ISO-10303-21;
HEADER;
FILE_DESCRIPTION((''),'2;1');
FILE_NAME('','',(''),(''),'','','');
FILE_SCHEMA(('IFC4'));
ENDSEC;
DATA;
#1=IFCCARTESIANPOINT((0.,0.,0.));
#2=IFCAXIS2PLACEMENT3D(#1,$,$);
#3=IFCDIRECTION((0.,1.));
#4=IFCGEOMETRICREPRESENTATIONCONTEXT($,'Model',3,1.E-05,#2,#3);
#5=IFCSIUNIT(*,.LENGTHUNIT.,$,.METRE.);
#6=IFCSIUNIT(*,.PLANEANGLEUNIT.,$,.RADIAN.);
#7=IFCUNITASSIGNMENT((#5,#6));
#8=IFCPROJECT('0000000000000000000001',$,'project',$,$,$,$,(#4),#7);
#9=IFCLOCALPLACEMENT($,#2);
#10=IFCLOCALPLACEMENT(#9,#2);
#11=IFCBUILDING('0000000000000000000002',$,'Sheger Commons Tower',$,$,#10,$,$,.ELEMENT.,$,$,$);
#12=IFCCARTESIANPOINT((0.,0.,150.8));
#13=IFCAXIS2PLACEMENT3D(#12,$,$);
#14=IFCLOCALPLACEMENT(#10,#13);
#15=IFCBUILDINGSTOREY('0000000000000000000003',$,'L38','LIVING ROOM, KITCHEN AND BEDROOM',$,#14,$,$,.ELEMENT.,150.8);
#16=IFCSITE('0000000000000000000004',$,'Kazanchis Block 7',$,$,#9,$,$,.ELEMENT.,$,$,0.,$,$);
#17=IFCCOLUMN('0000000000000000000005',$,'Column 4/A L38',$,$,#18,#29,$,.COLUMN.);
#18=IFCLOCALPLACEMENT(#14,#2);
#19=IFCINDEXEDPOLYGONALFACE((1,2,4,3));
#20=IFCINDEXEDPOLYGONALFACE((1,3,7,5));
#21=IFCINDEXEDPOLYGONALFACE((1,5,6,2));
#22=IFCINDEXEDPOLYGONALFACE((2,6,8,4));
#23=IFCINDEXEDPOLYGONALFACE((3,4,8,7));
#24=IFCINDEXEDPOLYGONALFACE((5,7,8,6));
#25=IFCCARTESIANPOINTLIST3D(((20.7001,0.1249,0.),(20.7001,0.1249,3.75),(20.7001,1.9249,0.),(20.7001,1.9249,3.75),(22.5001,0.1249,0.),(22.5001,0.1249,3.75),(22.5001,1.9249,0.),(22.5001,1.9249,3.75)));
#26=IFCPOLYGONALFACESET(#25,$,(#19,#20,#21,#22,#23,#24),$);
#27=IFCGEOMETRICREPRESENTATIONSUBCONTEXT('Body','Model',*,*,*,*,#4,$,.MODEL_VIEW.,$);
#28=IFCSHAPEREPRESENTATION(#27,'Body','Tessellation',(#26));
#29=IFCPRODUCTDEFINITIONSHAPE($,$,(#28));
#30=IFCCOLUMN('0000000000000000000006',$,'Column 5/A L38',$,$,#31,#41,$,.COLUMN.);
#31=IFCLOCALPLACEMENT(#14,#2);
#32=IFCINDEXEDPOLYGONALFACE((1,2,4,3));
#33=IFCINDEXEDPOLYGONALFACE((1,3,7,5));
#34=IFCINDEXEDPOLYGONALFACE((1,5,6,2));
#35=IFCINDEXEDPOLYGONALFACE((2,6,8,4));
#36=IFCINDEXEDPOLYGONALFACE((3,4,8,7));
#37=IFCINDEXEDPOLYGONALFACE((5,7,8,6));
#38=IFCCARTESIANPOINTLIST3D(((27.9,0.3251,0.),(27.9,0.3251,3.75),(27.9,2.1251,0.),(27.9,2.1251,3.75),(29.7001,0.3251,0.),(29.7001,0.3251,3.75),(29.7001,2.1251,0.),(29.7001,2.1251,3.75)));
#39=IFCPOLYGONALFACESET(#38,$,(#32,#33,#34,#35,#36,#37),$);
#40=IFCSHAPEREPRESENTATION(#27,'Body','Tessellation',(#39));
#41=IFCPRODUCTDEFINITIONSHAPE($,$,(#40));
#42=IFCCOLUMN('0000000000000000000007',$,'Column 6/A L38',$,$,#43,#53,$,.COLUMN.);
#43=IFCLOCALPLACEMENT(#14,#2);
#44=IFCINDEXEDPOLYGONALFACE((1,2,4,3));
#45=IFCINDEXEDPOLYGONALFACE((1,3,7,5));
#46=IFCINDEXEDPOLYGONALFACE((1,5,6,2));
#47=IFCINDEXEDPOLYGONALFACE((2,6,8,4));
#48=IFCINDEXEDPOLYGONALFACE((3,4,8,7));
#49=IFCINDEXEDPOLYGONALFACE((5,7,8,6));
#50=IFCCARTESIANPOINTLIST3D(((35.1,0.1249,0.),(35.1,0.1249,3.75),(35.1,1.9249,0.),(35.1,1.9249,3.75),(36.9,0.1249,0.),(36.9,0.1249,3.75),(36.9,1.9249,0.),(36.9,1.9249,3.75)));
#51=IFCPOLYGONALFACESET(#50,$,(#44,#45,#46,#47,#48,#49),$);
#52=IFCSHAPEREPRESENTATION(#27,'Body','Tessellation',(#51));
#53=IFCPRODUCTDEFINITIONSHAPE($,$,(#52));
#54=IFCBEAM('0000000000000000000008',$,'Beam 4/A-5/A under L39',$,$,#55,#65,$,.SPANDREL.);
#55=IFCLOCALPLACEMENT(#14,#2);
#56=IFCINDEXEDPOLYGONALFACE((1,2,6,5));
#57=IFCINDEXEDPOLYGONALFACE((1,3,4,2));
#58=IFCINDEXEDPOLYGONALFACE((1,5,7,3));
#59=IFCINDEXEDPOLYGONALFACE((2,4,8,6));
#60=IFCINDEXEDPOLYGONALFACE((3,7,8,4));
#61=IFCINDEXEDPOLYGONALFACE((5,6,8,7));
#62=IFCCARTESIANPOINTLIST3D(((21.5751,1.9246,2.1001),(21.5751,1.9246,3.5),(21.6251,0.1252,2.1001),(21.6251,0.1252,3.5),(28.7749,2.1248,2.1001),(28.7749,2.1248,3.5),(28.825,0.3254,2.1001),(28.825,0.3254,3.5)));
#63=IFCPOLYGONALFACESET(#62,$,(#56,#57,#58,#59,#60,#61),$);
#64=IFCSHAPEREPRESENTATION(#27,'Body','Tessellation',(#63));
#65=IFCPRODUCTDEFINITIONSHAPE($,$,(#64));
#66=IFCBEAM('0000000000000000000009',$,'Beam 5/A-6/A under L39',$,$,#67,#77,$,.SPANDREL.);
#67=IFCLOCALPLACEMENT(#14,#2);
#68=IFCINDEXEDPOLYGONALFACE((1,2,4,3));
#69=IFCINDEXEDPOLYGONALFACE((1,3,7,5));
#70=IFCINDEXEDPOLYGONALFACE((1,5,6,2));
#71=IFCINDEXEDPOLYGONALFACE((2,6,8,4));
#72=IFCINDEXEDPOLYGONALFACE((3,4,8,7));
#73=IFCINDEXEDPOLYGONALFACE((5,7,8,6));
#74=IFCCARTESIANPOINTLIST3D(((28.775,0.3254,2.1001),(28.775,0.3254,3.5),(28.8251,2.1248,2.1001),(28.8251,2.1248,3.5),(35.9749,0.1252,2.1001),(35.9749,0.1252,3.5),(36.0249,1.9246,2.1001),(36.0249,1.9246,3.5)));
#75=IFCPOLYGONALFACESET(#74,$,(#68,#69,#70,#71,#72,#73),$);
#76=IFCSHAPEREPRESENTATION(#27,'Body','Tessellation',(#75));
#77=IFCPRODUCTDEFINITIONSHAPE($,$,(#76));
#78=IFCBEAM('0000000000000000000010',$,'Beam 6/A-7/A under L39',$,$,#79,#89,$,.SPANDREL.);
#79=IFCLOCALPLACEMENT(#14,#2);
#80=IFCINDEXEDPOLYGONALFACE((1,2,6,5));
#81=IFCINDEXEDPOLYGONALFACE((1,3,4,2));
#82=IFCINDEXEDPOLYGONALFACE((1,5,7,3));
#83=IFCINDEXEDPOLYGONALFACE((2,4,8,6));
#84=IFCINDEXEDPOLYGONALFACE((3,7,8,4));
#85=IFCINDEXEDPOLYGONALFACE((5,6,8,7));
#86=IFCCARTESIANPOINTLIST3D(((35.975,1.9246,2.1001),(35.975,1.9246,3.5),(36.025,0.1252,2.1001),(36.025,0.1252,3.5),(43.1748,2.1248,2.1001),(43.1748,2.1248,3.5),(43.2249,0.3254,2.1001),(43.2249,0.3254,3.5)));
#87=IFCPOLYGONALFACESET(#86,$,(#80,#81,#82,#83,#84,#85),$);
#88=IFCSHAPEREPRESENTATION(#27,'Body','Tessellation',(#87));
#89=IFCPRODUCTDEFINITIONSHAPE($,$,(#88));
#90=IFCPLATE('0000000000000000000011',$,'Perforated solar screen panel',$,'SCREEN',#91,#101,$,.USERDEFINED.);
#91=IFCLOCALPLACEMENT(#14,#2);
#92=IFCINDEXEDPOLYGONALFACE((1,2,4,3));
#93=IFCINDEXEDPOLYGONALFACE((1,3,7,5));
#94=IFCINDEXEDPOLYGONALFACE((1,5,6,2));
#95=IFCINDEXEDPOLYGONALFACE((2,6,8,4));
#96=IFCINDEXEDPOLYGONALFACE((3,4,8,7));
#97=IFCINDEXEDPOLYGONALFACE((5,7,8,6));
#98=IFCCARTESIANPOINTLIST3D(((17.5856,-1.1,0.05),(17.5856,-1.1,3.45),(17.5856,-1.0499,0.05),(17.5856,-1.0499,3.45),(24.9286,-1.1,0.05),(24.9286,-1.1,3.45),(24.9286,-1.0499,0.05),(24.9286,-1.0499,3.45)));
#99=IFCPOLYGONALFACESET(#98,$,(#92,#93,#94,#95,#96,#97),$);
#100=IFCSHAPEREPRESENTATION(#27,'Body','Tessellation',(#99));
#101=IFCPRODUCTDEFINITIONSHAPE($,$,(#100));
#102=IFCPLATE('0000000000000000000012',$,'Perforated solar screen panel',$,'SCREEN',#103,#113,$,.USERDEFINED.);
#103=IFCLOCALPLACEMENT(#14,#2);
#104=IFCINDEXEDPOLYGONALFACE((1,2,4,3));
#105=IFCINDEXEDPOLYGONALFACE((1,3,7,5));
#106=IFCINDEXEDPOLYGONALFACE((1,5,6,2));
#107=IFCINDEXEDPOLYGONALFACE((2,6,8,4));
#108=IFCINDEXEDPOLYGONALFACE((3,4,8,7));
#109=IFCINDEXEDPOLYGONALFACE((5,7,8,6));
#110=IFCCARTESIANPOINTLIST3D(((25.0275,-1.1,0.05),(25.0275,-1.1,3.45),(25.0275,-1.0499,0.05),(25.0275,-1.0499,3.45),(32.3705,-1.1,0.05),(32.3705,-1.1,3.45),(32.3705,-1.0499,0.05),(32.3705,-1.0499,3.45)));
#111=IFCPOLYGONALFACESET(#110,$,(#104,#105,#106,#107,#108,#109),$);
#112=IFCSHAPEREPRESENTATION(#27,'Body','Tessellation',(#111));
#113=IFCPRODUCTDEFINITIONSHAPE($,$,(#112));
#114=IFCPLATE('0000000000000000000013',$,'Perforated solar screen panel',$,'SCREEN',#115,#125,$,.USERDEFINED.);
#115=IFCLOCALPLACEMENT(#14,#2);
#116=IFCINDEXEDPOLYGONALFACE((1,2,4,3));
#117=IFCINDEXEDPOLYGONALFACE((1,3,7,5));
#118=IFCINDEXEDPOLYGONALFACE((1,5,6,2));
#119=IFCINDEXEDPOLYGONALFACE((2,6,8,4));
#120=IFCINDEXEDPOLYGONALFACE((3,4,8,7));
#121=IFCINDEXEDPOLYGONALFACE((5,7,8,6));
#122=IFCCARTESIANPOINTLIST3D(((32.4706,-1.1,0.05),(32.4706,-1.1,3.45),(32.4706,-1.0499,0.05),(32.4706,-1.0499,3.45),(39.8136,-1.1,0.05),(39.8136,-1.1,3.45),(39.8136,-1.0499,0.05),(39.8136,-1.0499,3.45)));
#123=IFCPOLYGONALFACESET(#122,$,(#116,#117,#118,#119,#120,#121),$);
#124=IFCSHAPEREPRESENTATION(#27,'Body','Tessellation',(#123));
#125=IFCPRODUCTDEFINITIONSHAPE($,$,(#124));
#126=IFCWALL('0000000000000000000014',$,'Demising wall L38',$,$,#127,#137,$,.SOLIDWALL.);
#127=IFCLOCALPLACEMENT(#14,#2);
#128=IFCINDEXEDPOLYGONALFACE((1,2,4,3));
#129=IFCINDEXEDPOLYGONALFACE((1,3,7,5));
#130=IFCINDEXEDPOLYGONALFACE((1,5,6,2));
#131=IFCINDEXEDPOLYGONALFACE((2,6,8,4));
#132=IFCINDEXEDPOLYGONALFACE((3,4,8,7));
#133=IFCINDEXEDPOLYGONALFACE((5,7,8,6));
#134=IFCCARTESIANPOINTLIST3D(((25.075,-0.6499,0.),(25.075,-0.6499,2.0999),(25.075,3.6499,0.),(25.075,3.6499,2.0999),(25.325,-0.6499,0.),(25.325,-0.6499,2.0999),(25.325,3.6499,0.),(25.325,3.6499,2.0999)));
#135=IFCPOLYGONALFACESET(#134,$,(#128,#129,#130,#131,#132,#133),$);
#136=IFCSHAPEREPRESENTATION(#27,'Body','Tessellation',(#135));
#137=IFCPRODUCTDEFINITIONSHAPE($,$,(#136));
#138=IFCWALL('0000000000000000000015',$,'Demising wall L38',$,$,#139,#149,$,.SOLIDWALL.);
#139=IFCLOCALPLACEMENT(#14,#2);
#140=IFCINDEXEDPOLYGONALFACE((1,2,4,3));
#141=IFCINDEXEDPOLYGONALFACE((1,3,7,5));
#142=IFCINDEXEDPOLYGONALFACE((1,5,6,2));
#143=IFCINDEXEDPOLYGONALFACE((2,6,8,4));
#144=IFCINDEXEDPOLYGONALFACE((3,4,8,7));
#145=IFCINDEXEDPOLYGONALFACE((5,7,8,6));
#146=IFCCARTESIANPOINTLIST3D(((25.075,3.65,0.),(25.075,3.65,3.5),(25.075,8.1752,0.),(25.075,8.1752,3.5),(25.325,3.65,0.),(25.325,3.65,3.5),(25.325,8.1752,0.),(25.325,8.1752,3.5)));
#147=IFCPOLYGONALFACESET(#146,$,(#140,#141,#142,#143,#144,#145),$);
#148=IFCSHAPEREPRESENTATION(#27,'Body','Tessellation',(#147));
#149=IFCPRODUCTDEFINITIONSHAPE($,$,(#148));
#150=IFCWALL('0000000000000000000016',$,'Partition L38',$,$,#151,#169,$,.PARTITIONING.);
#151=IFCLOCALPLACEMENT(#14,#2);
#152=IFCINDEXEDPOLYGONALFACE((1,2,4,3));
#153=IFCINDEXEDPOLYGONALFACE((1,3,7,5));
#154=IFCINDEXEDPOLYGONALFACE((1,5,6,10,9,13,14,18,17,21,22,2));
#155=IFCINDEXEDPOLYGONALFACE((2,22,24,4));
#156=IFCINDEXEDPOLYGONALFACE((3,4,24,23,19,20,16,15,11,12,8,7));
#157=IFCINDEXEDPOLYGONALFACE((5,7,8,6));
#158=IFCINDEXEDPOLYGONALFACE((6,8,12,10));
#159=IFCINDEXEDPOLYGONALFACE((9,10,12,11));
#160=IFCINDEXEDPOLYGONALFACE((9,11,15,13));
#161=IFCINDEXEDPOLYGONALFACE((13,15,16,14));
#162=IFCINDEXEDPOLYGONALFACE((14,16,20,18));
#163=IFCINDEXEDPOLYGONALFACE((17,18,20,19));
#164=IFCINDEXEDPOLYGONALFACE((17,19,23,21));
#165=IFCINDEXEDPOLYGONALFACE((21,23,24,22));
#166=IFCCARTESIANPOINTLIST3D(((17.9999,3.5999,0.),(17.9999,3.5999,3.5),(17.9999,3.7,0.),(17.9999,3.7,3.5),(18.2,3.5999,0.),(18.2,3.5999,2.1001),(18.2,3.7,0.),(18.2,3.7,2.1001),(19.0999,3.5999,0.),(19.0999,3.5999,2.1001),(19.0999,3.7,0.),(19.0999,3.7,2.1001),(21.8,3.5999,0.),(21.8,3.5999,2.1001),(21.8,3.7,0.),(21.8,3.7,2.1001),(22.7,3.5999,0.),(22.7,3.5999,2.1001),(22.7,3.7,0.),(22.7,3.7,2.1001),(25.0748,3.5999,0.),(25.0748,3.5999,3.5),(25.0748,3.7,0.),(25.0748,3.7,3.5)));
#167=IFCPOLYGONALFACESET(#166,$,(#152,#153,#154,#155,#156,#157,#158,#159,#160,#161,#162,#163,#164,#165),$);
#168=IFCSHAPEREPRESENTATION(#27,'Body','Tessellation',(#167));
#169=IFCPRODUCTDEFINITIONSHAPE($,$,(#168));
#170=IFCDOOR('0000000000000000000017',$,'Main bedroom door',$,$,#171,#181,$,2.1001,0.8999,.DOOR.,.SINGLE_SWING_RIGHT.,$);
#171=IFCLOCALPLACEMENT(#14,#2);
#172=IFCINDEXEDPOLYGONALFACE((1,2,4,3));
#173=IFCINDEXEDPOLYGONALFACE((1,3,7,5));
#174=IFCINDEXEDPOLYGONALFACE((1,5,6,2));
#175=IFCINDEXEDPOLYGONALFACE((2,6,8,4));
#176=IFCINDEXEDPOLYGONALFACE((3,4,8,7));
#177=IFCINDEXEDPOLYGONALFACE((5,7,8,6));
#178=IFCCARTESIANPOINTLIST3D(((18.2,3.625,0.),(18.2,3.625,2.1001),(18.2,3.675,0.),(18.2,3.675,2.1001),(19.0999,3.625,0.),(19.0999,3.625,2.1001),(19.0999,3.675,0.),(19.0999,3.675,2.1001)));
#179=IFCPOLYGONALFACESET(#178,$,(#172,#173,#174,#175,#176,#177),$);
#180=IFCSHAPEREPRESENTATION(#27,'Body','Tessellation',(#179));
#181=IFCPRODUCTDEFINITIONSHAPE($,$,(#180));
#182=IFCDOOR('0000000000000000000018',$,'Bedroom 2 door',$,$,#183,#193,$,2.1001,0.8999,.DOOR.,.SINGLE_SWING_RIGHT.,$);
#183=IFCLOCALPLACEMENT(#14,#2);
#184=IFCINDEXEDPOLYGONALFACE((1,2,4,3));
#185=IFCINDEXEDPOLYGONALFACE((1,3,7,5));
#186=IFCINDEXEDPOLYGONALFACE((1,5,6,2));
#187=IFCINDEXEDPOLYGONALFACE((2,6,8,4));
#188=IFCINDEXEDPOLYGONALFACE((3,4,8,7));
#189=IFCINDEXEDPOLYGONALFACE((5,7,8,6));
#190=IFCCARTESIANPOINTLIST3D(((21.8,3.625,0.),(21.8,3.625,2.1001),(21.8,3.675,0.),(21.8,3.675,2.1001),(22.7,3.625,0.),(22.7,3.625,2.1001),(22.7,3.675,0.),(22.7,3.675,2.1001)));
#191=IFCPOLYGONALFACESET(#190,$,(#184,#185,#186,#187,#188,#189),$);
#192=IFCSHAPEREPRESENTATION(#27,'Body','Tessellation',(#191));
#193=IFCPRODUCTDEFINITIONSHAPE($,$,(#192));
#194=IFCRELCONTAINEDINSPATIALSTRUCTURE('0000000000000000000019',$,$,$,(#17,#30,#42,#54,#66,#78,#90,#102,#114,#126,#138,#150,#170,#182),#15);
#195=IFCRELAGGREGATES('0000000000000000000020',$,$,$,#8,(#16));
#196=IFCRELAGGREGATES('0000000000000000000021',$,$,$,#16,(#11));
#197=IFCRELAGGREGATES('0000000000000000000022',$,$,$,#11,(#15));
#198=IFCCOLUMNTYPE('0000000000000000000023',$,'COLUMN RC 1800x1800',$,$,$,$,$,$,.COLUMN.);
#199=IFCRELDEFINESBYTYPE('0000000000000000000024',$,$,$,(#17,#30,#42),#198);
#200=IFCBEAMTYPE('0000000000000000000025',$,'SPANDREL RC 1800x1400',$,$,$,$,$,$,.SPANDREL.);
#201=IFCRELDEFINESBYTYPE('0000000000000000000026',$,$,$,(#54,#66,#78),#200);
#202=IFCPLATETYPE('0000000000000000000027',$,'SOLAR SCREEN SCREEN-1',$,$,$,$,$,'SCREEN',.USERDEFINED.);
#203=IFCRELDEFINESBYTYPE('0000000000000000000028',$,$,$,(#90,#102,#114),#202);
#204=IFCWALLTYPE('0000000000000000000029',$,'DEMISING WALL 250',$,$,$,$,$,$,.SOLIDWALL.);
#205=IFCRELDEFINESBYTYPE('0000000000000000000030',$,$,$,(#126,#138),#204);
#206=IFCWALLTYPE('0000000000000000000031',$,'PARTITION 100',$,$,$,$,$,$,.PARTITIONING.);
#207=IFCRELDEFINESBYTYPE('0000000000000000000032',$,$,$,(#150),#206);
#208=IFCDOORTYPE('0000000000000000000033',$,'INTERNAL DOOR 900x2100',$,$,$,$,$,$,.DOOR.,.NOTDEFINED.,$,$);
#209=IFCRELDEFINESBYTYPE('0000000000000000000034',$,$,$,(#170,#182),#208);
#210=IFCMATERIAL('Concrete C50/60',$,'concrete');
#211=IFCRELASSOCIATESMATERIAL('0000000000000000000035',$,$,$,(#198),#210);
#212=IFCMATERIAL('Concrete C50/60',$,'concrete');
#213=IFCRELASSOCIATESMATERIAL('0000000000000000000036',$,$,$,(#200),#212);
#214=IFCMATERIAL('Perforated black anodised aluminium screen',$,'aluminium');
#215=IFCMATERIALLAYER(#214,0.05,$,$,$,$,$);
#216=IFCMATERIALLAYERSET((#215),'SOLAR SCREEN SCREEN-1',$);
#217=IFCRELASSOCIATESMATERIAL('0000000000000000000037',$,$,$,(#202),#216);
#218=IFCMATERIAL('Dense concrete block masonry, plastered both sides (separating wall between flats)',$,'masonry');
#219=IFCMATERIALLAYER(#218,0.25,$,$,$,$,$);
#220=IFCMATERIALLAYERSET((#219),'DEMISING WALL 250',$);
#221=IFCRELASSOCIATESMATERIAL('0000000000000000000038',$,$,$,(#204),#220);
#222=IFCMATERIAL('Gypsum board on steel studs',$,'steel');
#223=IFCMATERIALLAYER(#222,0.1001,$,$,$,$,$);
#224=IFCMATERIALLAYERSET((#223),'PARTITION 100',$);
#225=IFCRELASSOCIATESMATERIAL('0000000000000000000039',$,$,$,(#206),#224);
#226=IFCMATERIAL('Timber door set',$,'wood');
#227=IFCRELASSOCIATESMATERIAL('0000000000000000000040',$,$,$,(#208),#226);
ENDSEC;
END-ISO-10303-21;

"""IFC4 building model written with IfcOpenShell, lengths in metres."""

from ifc_helpers import new_model, si_unit, direction, frame, frame_2d, origin, origin_2d, place, context, subcontext, project, spatial, rectangle, extrude, material, layer, layer_set, material_profile, profile_set, type_object, element, fill, save


model = new_model("IFC4")

# Units and contexts
model_context = context("Model", 3, precision=1e-05, world=origin(), true_north=direction((0.0, 1.0)))
body_context = subcontext(model_context, "Body", "Model", "MODEL_VIEW")
ifc_project = project(units=[si_unit("LENGTHUNIT", "METRE"), si_unit("PLANEANGLEUNIT", "RADIAN")], contexts=[model_context])

# Site, building, storey
site_placement = place(None, origin())
site = spatial("IfcSite", under=ifc_project, at=site_placement, Name="Kazanchis Block 7", CompositionType="ELEMENT", RefElevation=0.0)
building_placement = place(site_placement, origin())
building = spatial("IfcBuilding", under=site, at=building_placement, Name="Sheger Commons Tower", CompositionType="ELEMENT")
storey_placement = place(building_placement, frame((0.0, 0.0, 150.8)))
storey = spatial("IfcBuildingStorey", under=building, at=storey_placement, Name="L38", Description="LIVING ROOM, KITCHEN AND BEDROOM", CompositionType="ELEMENT", Elevation=150.8)

# Columns
ifc_material_1 = material(Name="Concrete C50/60", Category="concrete")
ifc_material_profile_1 = material_profile(ifc_material_1, rectangle(XDim=1.8, YDim=1.8, at=origin_2d()), Name="RC 1800x1800")
ifc_profile_set_1 = profile_set([ifc_material_profile_1], Name="Concrete C50/60")
column_type = type_object("IfcColumnType", Name="COLUMN RC 1800x1800", PredefinedType="COLUMN", material=ifc_profile_set_1)
for number, where, z_axis, x_axis, name in (
    (1, (21.6001, 1.0249, 0.0), (0.0, 0.0, 1.0), (1.0, 0.0, 0.0), "Column 4/A L38"),
    (2, (28.8, 1.2251, 0.0), (0.0, 0.0, 1.0), (1.0, 0.0, 0.0), "Column 5/A L38"),
    (3, (36.0, 1.0249, 0.0), (0.0, 0.0, 1.0), (1.0, 0.0, 0.0), "Column 6/A L38"),
):
    element("IfcColumn", number, at=place(storey_placement, frame(where, z_axis=z_axis, x_axis=x_axis)), inside=storey, type_object=column_type, Name=name, PredefinedType="COLUMN", context=body_context, shape_type="SweptSolid", body=[
        extrude(rectangle(XDim=1.8, YDim=1.8, at=origin_2d()), origin(), (0.0, 0.0, 1.0), 3.75),
    ])

# Beams
ifc_material_2 = material(Name="Concrete C50/60", Category="concrete")
ifc_material_profile_2 = material_profile(ifc_material_2, rectangle(XDim=1.8, YDim=1.3999, at=origin_2d()), Name="RC 1800x1400")
ifc_profile_set_2 = profile_set([ifc_material_profile_2], Name="Concrete C50/60")
beam_type = type_object("IfcBeamType", Name="SPANDREL RC 1800x1400", PredefinedType="SPANDREL", material=ifc_profile_set_2)
for number, where, z_axis, x_axis, name in (
    (4, (21.6001, 1.0249, 2.8), (0.999614, 0.027794, 0.0), (-0.027794, 0.999614, 0.0), "Beam 4/A-5/A under L39"),
    (5, (28.8, 1.2251, 2.8), (0.999614, -0.027794, 0.0), (0.027794, 0.999614, 0.0), "Beam 5/A-6/A under L39"),
    (6, (36.0, 1.0249, 2.8), (0.999614, 0.027794, 0.0), (-0.027794, 0.999614, 0.0), "Beam 6/A-7/A under L39"),
):
    element("IfcBeam", number, at=place(storey_placement, frame(where, z_axis=z_axis, x_axis=x_axis)), inside=storey, type_object=beam_type, Name=name, PredefinedType="SPANDREL", context=body_context, shape_type="SweptSolid", body=[
        extrude(rectangle(XDim=1.8, YDim=1.3999, at=origin_2d()), origin(), (0.0, 0.0, 1.0), 7.2026),
    ])

# Plates
ifc_material_3 = material(Name="Perforated black anodised aluminium screen", Category="aluminium")
ifc_layer_1 = layer(ifc_material_3, 0.05)
ifc_layer_set_1 = layer_set([ifc_layer_1], Name="SOLAR SCREEN SCREEN-1")
plate_type = type_object("IfcPlateType", Name="SOLAR SCREEN SCREEN-1", ElementType="SCREEN", PredefinedType="USERDEFINED", material=ifc_layer_set_1)
for number, where, z_axis, x_axis, name in (
    (7, (21.2571, -1.075, 0.05), (0.0, 0.0, 1.0), (1.0, 0.0, 0.0), "Perforated solar screen panel"),
    (8, (28.699, -1.075, 0.05), (0.0, 0.0, 1.0), (1.0, 0.0, 0.0), "Perforated solar screen panel"),
    (9, (36.1421, -1.075, 0.05), (0.0, 0.0, 1.0), (1.0, 0.0, 0.0), "Perforated solar screen panel"),
):
    element("IfcPlate", number, at=place(storey_placement, frame(where, z_axis=z_axis, x_axis=x_axis)), inside=storey, type_object=plate_type, Name=name, ObjectType="SCREEN", PredefinedType="USERDEFINED", context=body_context, shape_type="SweptSolid", body=[
        extrude(rectangle(XDim=7.343, YDim=0.05, at=origin_2d()), origin(), (0.0, 0.0, 1.0), 3.3999),
    ])

# Walls
ifc_material_4 = material(Name="Dense concrete block masonry, plastered both sides (separating wall between flats)", Category="masonry")
ifc_layer_2 = layer(ifc_material_4, 0.25)
ifc_layer_set_2 = layer_set([ifc_layer_2], Name="DEMISING WALL 250")
wall_type_1 = type_object("IfcWallType", Name="DEMISING WALL 250", PredefinedType="SOLIDWALL", material=ifc_layer_set_2)
wall_1_placement = place(storey_placement, frame((25.2, -0.6499, 0.0), z_axis=(0.0, 0.0, 1.0), x_axis=(0.0, 1.0, 0.0)))
element("IfcWall", 10, at=wall_1_placement, inside=storey, type_object=wall_type_1, Name="Demising wall L38", PredefinedType="SOLIDWALL", context=body_context, shape_type="SweptSolid", body=[
    extrude(rectangle(XDim=4.2998, YDim=0.25, at=frame_2d((2.1499, 0.0))), origin(), (0.0, 0.0, 1.0), 2.0999),
])
wall_2_placement = place(storey_placement, frame((25.2, 3.6499, 0.0), z_axis=(0.0, 0.0, 1.0), x_axis=(0.0, 1.0, 0.0)))
element("IfcWall", 11, at=wall_2_placement, inside=storey, type_object=wall_type_1, Name="Demising wall L38", PredefinedType="SOLIDWALL", context=body_context, shape_type="SweptSolid", body=[
    extrude(rectangle(XDim=4.5251, YDim=0.25, at=frame_2d((2.2627, 0.0))), origin(), (0.0, 0.0, 1.0), 3.5),
])

# Wall, openings, doors
ifc_material_5 = material(Name="Gypsum board on steel studs", Category="steel")
ifc_layer_3 = layer(ifc_material_5, 0.1001)
ifc_layer_set_3 = layer_set([ifc_layer_3], Name="PARTITION 100")
wall_type_2 = type_object("IfcWallType", Name="PARTITION 100", PredefinedType="PARTITIONING", material=ifc_layer_set_3)
wall_3_placement = place(storey_placement, frame((25.075, 3.6499, 0.0), z_axis=(0.0, 0.0, 1.0), x_axis=(-1.0, 0.0, 0.0)))
wall_3 = element("IfcWall", 12, at=wall_3_placement, inside=storey, type_object=wall_type_2, Name="Partition L38", PredefinedType="PARTITIONING", context=body_context, shape_type="SweptSolid", body=[
    extrude(rectangle(XDim=7.075, YDim=0.1001, at=frame_2d((3.5376, 0.0))), origin(), (0.0, 0.0, 1.0), 3.5),
])
opening_1_placement = place(wall_3_placement, frame((5.9751, 0.0, 0.0)))
opening_1 = element("IfcOpeningElement", 13, at=opening_1_placement, cuts=wall_3, PredefinedType="OPENING", context=body_context, shape_type="SweptSolid", body=[
    extrude(rectangle(XDim=0.8999, YDim=2.1001, at=frame_2d((0.45, 1.05))), frame((0.0, 0.0601, 0.0), z_axis=(0.0, -1.0, 0.0), x_axis=(1.0, 0.0, 0.0)), (0.0, 0.0, 1.0), 0.1201),
])
opening_2_placement = place(wall_3_placement, frame((2.375, 0.0, 0.0)))
opening_2 = element("IfcOpeningElement", 14, at=opening_2_placement, cuts=wall_3, PredefinedType="OPENING", context=body_context, shape_type="SweptSolid", body=[
    extrude(rectangle(XDim=0.8999, YDim=2.1001, at=frame_2d((0.45, 1.05))), frame((0.0, 0.0601, 0.0), z_axis=(0.0, -1.0, 0.0), x_axis=(1.0, 0.0, 0.0)), (0.0, 0.0, 1.0), 0.1201),
])
ifc_material_6 = material(Name="Timber door set", Category="wood")
door_type = type_object("IfcDoorType", Name="INTERNAL DOOR 900x2100", OperationType="NOTDEFINED", PredefinedType="DOOR", material=ifc_material_6)
door_1_placement = place(opening_1_placement, origin())
door_1 = element("IfcDoor", 15, at=door_1_placement, inside=storey, type_object=door_type, Name="Main bedroom door", OperationType="SINGLE_SWING_RIGHT", OverallHeight=2.1001, OverallWidth=0.8999, PredefinedType="DOOR", context=body_context, shape_type="SweptSolid", body=[
    extrude(rectangle(XDim=0.8999, YDim=2.1001, at=frame_2d((0.45, 1.05))), frame((0.0, 0.0249, 0.0), z_axis=(0.0, -1.0, 0.0), x_axis=(1.0, 0.0, 0.0)), (0.0, 0.0, 1.0), 0.05),
])
fill(opening_1, door_1)
door_2_placement = place(opening_2_placement, origin())
door_2 = element("IfcDoor", 16, at=door_2_placement, inside=storey, type_object=door_type, Name="Bedroom 2 door", OperationType="SINGLE_SWING_RIGHT", OverallHeight=2.1001, OverallWidth=0.8999, PredefinedType="DOOR", context=body_context, shape_type="SweptSolid", body=[
    extrude(rectangle(XDim=0.8999, YDim=2.1001, at=frame_2d((0.45, 1.05))), frame((0.0, 0.0249, 0.0), z_axis=(0.0, -1.0, 0.0), x_axis=(1.0, 0.0, 0.0)), (0.0, 0.0, 1.0), 0.05),
])
fill(opening_2, door_2)

save(model, "model.ifc")
